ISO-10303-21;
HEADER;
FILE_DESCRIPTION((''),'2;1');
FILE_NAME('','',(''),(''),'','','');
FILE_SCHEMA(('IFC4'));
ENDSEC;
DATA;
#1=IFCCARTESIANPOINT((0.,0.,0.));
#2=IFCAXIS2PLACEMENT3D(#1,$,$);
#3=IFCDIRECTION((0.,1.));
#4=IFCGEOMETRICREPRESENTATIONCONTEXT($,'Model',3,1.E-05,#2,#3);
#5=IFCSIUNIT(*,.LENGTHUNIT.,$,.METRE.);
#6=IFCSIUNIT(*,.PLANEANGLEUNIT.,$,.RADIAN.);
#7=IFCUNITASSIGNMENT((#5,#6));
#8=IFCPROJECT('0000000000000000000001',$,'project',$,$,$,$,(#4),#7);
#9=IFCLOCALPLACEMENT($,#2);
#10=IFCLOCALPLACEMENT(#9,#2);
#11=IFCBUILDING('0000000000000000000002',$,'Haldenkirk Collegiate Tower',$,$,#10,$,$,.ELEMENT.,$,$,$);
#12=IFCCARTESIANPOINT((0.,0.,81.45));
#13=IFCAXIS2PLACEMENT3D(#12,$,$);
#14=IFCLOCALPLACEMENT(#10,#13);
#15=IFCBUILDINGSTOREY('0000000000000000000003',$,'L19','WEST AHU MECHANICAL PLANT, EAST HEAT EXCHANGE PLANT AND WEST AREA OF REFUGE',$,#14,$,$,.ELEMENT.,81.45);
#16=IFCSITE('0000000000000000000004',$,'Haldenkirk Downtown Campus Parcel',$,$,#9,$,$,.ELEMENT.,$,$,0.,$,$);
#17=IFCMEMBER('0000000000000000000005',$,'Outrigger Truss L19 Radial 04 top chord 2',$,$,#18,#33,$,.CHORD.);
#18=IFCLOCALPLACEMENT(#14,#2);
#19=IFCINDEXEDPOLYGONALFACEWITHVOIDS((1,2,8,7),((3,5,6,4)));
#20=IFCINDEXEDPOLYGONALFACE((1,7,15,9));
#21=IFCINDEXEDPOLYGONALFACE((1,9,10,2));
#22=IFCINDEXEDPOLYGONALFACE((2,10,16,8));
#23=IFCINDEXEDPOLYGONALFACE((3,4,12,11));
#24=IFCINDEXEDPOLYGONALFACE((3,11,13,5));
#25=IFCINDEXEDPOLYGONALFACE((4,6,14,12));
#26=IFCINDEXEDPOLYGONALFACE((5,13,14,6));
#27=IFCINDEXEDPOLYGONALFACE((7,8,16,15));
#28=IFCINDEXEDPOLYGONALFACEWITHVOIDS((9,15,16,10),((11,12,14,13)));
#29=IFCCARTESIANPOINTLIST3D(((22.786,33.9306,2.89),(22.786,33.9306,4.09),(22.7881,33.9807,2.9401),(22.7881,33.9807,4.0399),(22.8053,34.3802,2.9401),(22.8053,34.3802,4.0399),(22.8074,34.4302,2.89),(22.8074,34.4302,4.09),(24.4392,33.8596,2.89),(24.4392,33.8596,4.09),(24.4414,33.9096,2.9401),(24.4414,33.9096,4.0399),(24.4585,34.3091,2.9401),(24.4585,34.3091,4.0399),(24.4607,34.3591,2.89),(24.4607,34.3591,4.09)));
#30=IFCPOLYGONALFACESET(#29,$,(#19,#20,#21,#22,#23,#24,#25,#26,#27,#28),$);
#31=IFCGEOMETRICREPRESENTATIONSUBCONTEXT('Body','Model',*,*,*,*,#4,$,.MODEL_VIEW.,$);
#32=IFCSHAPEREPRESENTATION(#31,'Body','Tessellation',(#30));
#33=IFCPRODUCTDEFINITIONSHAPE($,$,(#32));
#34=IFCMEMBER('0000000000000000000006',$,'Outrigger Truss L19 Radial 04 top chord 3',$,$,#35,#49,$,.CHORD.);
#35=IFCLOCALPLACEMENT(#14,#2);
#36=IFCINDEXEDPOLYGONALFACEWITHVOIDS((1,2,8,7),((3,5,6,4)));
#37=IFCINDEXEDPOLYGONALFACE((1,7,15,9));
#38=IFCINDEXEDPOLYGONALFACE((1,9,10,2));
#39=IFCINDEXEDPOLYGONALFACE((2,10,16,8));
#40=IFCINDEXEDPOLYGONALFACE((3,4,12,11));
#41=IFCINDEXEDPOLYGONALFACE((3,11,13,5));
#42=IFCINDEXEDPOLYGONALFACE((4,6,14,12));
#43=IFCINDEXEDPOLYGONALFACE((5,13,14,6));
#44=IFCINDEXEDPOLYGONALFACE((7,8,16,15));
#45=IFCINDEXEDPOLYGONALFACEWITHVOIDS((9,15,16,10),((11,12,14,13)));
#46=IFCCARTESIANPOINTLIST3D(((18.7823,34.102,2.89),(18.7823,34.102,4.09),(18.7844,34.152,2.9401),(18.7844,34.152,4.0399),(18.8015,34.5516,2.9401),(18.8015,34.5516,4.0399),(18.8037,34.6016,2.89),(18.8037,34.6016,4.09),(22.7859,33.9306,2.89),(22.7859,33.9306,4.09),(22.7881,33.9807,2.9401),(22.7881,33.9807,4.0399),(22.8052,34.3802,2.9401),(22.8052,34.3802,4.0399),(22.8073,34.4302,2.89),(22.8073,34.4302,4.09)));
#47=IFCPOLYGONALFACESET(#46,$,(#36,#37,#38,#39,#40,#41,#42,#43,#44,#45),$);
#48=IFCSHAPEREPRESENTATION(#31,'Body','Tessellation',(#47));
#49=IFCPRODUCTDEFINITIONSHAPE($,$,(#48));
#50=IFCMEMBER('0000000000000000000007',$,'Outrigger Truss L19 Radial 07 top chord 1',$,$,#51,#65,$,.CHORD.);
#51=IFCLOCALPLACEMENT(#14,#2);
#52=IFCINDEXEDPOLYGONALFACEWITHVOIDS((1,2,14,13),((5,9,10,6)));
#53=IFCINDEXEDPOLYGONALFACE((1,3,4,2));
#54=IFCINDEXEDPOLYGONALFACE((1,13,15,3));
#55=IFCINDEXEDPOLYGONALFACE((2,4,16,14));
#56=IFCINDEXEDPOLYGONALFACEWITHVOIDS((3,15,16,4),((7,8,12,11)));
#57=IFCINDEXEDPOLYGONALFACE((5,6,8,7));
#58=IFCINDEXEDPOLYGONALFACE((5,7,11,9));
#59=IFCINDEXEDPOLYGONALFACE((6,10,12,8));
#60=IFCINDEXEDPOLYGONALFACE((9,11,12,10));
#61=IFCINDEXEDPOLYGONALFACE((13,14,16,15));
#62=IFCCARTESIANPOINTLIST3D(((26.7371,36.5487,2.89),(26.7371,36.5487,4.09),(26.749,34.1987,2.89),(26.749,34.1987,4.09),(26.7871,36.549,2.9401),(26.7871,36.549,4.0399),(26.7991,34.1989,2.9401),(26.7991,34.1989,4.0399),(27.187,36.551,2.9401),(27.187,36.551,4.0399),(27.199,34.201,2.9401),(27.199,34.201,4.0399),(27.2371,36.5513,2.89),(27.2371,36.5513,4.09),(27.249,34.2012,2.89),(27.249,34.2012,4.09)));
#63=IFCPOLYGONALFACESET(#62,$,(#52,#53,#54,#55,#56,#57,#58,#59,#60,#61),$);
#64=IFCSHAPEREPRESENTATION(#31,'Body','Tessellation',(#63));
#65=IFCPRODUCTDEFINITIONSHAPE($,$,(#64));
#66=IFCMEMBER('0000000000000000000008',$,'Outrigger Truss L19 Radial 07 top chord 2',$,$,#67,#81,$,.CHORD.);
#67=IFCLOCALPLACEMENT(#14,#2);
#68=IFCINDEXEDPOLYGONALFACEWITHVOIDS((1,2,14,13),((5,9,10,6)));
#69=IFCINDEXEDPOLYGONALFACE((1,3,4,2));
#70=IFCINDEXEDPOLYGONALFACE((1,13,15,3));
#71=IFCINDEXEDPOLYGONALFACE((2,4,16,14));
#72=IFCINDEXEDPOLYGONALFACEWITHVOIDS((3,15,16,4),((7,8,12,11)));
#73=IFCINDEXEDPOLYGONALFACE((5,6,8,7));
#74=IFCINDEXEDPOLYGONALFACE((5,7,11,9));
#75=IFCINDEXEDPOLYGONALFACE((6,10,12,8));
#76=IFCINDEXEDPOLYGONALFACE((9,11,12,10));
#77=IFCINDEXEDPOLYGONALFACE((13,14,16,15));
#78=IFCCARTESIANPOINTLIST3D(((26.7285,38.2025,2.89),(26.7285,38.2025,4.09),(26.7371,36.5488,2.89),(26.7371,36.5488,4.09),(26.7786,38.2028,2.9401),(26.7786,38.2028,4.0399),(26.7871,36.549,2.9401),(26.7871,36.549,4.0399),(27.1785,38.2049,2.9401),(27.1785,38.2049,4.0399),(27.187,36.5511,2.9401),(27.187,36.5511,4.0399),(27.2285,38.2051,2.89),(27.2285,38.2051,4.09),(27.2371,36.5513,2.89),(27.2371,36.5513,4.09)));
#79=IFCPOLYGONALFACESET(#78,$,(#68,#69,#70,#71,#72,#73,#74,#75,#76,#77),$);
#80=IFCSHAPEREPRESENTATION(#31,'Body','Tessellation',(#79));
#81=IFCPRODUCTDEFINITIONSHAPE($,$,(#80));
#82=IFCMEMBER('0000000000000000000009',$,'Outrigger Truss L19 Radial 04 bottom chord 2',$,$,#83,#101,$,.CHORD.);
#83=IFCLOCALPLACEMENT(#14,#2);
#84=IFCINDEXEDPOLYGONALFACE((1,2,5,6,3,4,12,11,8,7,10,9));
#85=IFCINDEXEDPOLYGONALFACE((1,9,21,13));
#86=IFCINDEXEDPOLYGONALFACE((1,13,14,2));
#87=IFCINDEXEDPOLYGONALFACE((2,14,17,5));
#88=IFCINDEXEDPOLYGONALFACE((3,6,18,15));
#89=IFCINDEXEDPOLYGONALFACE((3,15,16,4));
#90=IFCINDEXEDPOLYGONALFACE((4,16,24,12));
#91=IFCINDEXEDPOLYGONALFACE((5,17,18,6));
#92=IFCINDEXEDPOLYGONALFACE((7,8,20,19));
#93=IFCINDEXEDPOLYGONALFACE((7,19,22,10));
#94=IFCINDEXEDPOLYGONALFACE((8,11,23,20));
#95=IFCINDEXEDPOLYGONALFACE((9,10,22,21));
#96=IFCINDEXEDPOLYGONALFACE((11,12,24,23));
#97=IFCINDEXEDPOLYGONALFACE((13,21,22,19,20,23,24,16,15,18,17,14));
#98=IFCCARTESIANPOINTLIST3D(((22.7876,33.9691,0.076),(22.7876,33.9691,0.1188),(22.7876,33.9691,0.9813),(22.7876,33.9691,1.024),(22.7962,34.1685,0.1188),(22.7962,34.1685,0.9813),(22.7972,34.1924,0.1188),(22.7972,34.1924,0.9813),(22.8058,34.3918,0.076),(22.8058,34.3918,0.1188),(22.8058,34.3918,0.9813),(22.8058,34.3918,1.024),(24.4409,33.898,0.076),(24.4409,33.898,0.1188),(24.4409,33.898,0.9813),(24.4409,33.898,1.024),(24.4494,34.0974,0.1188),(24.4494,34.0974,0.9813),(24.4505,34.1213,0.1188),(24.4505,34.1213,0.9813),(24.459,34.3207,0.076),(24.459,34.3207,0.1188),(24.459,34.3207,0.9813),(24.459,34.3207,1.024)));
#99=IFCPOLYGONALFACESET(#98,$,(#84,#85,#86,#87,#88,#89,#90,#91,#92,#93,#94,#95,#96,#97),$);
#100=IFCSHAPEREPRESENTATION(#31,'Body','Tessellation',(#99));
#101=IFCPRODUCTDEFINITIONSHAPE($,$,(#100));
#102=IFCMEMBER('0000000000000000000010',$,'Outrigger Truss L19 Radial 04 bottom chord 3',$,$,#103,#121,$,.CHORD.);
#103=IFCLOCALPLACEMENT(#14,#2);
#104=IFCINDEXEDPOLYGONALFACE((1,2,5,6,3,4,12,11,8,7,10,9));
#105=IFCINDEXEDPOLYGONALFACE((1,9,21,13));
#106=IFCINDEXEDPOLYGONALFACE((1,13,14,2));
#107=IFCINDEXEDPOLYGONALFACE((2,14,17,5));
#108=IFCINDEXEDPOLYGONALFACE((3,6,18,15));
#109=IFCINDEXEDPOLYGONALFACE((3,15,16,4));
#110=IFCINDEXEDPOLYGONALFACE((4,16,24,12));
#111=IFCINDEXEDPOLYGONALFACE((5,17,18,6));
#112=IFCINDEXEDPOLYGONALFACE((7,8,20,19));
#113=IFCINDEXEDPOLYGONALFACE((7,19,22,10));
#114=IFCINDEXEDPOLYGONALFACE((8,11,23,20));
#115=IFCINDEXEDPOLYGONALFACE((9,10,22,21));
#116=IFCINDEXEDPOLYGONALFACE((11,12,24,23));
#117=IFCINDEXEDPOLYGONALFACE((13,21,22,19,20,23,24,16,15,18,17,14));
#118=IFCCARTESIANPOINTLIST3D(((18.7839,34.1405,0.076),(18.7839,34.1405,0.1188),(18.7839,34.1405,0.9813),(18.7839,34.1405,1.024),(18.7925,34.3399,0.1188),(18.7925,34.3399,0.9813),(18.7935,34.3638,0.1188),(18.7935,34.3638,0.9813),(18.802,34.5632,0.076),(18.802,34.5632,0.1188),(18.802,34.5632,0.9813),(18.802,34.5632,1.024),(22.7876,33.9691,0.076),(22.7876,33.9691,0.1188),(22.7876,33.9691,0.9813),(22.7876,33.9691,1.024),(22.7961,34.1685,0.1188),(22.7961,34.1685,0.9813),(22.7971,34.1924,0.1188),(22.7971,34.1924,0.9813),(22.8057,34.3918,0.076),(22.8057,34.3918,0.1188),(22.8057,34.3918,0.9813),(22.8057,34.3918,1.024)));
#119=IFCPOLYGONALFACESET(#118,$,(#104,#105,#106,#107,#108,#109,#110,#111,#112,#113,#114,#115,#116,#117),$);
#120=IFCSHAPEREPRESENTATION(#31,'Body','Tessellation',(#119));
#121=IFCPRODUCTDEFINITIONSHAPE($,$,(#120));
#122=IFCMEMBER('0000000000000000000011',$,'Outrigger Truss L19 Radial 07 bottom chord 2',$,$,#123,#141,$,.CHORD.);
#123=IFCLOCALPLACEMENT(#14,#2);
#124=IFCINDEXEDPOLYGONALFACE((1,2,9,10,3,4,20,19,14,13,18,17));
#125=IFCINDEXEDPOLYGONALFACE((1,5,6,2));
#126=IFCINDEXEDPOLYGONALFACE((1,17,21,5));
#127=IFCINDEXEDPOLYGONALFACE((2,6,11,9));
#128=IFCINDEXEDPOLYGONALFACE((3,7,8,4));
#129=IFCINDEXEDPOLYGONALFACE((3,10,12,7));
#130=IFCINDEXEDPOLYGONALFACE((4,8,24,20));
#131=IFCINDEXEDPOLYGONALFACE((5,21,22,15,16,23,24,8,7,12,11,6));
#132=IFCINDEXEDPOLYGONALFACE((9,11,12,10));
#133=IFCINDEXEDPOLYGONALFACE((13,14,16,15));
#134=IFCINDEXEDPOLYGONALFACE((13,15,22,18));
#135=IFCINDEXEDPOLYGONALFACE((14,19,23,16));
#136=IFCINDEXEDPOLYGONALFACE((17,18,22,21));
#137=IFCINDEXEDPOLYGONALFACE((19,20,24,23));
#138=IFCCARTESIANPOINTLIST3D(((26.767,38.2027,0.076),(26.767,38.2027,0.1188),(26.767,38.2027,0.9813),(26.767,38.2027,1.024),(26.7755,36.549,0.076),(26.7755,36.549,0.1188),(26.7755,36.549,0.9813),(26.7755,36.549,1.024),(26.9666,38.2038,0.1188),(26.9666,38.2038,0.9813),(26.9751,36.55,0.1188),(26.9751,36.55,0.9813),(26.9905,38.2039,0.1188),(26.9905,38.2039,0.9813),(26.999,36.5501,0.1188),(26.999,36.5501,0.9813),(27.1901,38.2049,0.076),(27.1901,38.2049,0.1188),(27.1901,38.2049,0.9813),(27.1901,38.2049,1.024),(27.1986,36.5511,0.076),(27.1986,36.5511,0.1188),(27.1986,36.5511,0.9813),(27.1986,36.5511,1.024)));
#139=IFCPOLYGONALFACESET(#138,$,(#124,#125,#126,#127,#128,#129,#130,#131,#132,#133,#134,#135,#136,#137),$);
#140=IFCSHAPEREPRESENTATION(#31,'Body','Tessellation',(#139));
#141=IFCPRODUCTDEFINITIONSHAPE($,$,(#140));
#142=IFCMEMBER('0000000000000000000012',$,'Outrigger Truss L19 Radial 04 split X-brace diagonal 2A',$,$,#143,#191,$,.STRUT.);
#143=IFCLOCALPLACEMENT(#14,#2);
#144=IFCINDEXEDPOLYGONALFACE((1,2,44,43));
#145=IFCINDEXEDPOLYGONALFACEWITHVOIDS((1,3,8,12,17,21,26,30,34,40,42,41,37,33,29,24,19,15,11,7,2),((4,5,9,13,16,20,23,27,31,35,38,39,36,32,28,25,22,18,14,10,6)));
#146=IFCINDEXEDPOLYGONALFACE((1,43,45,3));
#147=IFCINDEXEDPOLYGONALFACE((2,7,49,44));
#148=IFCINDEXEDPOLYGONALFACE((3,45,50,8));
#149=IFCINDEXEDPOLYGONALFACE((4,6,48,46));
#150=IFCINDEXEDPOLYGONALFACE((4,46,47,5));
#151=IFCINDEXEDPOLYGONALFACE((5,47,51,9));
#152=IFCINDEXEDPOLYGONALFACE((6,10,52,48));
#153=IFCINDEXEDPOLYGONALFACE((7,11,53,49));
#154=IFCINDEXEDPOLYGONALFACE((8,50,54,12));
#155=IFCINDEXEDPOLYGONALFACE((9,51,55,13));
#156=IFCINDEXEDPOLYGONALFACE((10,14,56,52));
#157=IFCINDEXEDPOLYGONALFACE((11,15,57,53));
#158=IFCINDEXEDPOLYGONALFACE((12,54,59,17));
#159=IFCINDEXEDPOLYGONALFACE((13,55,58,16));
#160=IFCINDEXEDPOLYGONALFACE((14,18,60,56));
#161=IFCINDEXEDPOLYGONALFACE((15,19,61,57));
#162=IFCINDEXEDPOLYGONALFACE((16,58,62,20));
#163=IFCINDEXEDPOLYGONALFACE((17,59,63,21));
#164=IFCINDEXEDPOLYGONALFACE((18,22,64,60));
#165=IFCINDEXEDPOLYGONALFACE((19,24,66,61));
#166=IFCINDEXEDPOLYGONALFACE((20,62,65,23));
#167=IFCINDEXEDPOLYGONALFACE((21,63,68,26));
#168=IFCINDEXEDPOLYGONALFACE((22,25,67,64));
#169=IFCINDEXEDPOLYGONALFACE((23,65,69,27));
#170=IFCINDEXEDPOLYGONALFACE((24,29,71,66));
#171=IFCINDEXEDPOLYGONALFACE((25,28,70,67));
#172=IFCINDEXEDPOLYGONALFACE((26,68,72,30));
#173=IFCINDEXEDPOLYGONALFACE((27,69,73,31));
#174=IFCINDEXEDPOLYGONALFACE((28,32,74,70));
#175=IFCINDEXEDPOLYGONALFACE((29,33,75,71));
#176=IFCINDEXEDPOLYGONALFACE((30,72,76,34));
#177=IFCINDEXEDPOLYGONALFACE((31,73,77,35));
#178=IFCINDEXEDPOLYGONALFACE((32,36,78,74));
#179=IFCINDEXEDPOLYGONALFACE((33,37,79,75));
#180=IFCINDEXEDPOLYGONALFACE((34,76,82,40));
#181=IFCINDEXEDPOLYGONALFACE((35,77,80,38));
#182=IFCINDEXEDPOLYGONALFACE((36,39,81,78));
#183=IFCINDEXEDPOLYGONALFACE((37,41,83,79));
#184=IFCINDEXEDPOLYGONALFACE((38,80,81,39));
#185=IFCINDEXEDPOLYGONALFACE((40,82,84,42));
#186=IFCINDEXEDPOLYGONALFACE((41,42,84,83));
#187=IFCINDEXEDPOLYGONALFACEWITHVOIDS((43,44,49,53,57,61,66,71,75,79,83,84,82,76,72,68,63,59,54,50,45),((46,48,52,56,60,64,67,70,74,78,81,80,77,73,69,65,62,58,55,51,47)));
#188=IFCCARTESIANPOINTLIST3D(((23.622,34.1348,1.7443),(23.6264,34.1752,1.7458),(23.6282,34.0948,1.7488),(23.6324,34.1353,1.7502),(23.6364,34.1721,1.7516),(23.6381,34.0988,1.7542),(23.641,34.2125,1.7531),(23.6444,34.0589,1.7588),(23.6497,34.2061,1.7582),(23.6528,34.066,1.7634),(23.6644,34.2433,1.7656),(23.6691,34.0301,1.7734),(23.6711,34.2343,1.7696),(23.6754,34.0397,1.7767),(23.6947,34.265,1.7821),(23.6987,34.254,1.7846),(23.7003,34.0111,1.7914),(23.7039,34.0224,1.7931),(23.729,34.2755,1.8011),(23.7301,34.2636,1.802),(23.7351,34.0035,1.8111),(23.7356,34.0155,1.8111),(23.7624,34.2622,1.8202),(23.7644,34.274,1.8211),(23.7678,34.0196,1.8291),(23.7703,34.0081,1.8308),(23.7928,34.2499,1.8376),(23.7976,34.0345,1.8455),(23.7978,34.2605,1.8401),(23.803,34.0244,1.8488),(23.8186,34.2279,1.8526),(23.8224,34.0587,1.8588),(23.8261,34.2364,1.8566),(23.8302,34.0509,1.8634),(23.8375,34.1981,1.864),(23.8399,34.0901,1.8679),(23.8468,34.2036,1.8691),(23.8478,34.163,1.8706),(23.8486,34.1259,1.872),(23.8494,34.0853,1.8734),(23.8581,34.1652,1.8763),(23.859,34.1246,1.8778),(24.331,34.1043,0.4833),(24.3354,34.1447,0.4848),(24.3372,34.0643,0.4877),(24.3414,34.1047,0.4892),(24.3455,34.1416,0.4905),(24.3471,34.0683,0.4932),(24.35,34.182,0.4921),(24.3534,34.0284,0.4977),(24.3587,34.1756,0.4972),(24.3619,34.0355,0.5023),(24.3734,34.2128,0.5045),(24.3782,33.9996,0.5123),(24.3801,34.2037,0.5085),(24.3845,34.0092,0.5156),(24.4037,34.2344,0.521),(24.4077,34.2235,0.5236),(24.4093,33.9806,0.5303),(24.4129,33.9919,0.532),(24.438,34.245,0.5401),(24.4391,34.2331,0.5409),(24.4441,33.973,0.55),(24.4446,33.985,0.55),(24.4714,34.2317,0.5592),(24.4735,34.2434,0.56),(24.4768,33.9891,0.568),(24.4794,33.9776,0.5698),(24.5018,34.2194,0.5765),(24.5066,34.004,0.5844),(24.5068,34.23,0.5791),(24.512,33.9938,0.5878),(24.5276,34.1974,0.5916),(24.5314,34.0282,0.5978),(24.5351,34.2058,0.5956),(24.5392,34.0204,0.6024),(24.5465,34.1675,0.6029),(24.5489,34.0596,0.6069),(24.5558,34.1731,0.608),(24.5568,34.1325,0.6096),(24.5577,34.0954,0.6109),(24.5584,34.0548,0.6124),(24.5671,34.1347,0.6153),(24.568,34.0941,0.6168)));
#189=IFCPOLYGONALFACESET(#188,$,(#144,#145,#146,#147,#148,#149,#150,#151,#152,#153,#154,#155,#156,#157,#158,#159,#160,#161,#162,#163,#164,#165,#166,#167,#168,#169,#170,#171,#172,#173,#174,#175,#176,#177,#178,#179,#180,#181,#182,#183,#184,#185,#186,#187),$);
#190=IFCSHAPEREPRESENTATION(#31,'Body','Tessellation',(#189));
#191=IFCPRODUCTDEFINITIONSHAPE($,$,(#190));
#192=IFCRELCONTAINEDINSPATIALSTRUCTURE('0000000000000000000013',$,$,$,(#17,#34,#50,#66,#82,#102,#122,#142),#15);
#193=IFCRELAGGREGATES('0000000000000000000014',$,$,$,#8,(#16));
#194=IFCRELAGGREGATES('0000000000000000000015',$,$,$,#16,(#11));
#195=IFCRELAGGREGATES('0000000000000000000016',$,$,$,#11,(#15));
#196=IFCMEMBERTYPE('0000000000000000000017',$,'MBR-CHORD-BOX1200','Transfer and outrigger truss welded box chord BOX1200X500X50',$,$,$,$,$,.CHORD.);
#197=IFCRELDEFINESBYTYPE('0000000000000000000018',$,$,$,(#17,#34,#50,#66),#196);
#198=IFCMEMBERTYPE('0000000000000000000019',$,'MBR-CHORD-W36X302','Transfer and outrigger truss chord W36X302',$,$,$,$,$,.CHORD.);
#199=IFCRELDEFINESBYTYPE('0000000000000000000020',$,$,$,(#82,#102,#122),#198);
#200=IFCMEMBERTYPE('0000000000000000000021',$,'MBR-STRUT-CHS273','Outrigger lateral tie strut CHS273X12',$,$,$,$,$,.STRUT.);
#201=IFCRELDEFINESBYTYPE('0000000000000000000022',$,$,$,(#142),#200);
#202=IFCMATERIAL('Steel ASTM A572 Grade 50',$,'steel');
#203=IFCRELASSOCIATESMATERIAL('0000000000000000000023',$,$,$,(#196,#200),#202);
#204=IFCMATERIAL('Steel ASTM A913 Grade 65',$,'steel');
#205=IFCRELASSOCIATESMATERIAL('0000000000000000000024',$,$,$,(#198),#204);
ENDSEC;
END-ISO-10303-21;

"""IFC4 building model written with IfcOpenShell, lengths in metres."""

from ifc_helpers import new_model, si_unit, direction, frame, origin, origin_2d, place, context, subcontext, project, spatial, hollow_rectangle, hollow_circle, i_section, extrude, material, material_profile, profile_set, type_object, element, save


model = new_model("IFC4")

# Units and contexts
model_context = context("Model", 3, precision=1e-05, world=origin(), true_north=direction((0.0, 1.0)))
body_context = subcontext(model_context, "Body", "Model", "MODEL_VIEW")
ifc_project = project(units=[si_unit("LENGTHUNIT", "METRE"), si_unit("PLANEANGLEUNIT", "RADIAN")], contexts=[model_context])

# Site, building, storey
site_placement = place(None, origin())
site = spatial("IfcSite", under=ifc_project, at=site_placement, Name="Haldenkirk Downtown Campus Parcel", CompositionType="ELEMENT", RefElevation=0.0)
building_placement = place(site_placement, origin())
building = spatial("IfcBuilding", under=site, at=building_placement, Name="Haldenkirk Collegiate Tower", CompositionType="ELEMENT")
storey_placement = place(building_placement, frame((0.0, 0.0, 81.45)))
storey = spatial("IfcBuildingStorey", under=building, at=storey_placement, Name="L19", Description="WEST AHU MECHANICAL PLANT, EAST HEAT EXCHANGE PLANT AND WEST AREA OF REFUGE", CompositionType="ELEMENT", Elevation=81.45)

# Members
ifc_material_1 = material(Name="Steel ASTM A572 Grade 50", Category="steel")
ifc_material_profile_1 = material_profile(ifc_material_1, hollow_rectangle(XDim=0.5, YDim=1.2, WallThickness=0.05, at=origin_2d()), Name="BOX1200X500X50")
ifc_profile_set_1 = profile_set([ifc_material_profile_1], Name="Steel ASTM A572 Grade 50")
member_type_1 = type_object("IfcMemberType", Name="MBR-CHORD-BOX1200", Description="Transfer and outrigger truss welded box chord BOX1200X500X50", PredefinedType="CHORD", material=ifc_profile_set_1)
member_1_placement = place(storey_placement, frame((24.45, 34.1094, 3.49), z_axis=(-0.999078, 0.042931, 0.0), x_axis=(-0.042931, -0.999078, 0.0)))
element("IfcMember", 1, at=member_1_placement, inside=storey, type_object=member_type_1, Name="Outrigger Truss L19 Radial 04 top chord 2", PredefinedType="CHORD", context=body_context, shape_type="SweptSolid", body=[
    extrude(hollow_rectangle(XDim=0.5, YDim=1.2, WallThickness=0.05, at=origin_2d()), origin(), (0.0, 0.0, 1.0), 1.6548),
])
member_2_placement = place(storey_placement, frame((22.7966, 34.1804, 3.49), z_axis=(-0.999085, 0.042768, 0.0), x_axis=(-0.042768, -0.999085, 0.0)))
element("IfcMember", 2, at=member_2_placement, inside=storey, type_object=member_type_1, Name="Outrigger Truss L19 Radial 04 top chord 3", PredefinedType="CHORD", context=body_context, shape_type="SweptSolid", body=[
    extrude(hollow_rectangle(XDim=0.5, YDim=1.2, WallThickness=0.05, at=origin_2d()), origin(), (0.0, 0.0, 1.0), 4.0073),
])
member_3_placement = place(storey_placement, frame((26.999, 34.2, 3.49), z_axis=(-0.00509, 0.999987, 0.0), x_axis=(-0.999987, -0.00509, 0.0)))
element("IfcMember", 3, at=member_3_placement, inside=storey, type_object=member_type_1, Name="Outrigger Truss L19 Radial 07 top chord 1", PredefinedType="CHORD", context=body_context, shape_type="SweptSolid", body=[
    extrude(hollow_rectangle(XDim=0.5, YDim=1.2, WallThickness=0.05, at=origin_2d()), origin(), (0.0, 0.0, 1.0), 2.3501),
])
member_4_placement = place(storey_placement, frame((26.9871, 36.55, 3.49), z_axis=(-0.005167, 0.999987, 0.0), x_axis=(-0.999987, -0.005167, 0.0)))
element("IfcMember", 4, at=member_4_placement, inside=storey, type_object=member_type_1, Name="Outrigger Truss L19 Radial 07 top chord 2", PredefinedType="CHORD", context=body_context, shape_type="SweptSolid", body=[
    extrude(hollow_rectangle(XDim=0.5, YDim=1.2, WallThickness=0.05, at=origin_2d()), origin(), (0.0, 0.0, 1.0), 1.6538),
])
ifc_material_2 = material(Name="Steel ASTM A913 Grade 65", Category="steel")
ifc_material_profile_2 = material_profile(ifc_material_2, i_section(OverallWidth=0.4231, OverallDepth=0.948, WebThickness=0.0239, FlangeThickness=0.0427, at=origin_2d()), Name="W36X302")
ifc_profile_set_2 = profile_set([ifc_material_profile_2], Name="Steel ASTM A913 Grade 65")
member_type_2 = type_object("IfcMemberType", Name="MBR-CHORD-W36X302", Description="Transfer and outrigger truss chord W36X302", PredefinedType="CHORD", material=ifc_profile_set_2)
member_5_placement = place(storey_placement, frame((24.45, 34.1094, 0.55), z_axis=(-0.999078, 0.042931, 0.0), x_axis=(-0.042931, -0.999078, 0.0)))
element("IfcMember", 5, at=member_5_placement, inside=storey, type_object=member_type_2, Name="Outrigger Truss L19 Radial 04 bottom chord 2", PredefinedType="CHORD", context=body_context, shape_type="SweptSolid", body=[
    extrude(i_section(OverallWidth=0.4231, OverallDepth=0.948, WebThickness=0.0239, FlangeThickness=0.0427, at=origin_2d()), origin(), (0.0, 0.0, 1.0), 1.6548),
])
member_6_placement = place(storey_placement, frame((22.7966, 34.1804, 0.55), z_axis=(-0.999085, 0.042768, 0.0), x_axis=(-0.042768, -0.999085, 0.0)))
element("IfcMember", 6, at=member_6_placement, inside=storey, type_object=member_type_2, Name="Outrigger Truss L19 Radial 04 bottom chord 3", PredefinedType="CHORD", context=body_context, shape_type="SweptSolid", body=[
    extrude(i_section(OverallWidth=0.4231, OverallDepth=0.948, WebThickness=0.0239, FlangeThickness=0.0427, at=origin_2d()), origin(), (0.0, 0.0, 1.0), 4.0073),
])
member_7_placement = place(storey_placement, frame((26.9871, 36.55, 0.55), z_axis=(-0.005167, 0.999987, 0.0), x_axis=(-0.999987, -0.005167, 0.0)))
element("IfcMember", 7, at=member_7_placement, inside=storey, type_object=member_type_2, Name="Outrigger Truss L19 Radial 07 bottom chord 2", PredefinedType="CHORD", context=body_context, shape_type="SweptSolid", body=[
    extrude(i_section(OverallWidth=0.4231, OverallDepth=0.948, WebThickness=0.0239, FlangeThickness=0.0427, at=origin_2d()), origin(), (0.0, 0.0, 1.0), 1.6538),
])
ifc_material_profile_3 = material_profile(ifc_material_1, hollow_circle(Radius=0.1365, WallThickness=0.012, at=origin_2d()), Name="CHS273X12")
ifc_profile_set_3 = profile_set([ifc_material_profile_3], Name="Steel ASTM A572 Grade 50")
member_type_3 = type_object("IfcMemberType", Name="MBR-STRUT-CHS273", Description="Outrigger lateral tie strut CHS273X12", PredefinedType="STRUT", material=ifc_profile_set_3)
member_8_placement = place(storey_placement, frame((24.45, 34.1094, 0.55), z_axis=(-0.489984, 0.021091, 0.871476), x_axis=(-0.043004, -0.999075, 0.0)))
element("IfcMember", 8, at=member_8_placement, inside=storey, type_object=member_type_3, Name="Outrigger Truss L19 Radial 04 split X-brace diagonal 2A", PredefinedType="STRUT", context=body_context, shape_type="SweptSolid", body=[
    extrude(hollow_circle(Radius=0.1365, WallThickness=0.012, at=origin_2d()), origin(), (0.0, 0.0, 1.0), 1.447),
])

save(model, "model.ifc")
